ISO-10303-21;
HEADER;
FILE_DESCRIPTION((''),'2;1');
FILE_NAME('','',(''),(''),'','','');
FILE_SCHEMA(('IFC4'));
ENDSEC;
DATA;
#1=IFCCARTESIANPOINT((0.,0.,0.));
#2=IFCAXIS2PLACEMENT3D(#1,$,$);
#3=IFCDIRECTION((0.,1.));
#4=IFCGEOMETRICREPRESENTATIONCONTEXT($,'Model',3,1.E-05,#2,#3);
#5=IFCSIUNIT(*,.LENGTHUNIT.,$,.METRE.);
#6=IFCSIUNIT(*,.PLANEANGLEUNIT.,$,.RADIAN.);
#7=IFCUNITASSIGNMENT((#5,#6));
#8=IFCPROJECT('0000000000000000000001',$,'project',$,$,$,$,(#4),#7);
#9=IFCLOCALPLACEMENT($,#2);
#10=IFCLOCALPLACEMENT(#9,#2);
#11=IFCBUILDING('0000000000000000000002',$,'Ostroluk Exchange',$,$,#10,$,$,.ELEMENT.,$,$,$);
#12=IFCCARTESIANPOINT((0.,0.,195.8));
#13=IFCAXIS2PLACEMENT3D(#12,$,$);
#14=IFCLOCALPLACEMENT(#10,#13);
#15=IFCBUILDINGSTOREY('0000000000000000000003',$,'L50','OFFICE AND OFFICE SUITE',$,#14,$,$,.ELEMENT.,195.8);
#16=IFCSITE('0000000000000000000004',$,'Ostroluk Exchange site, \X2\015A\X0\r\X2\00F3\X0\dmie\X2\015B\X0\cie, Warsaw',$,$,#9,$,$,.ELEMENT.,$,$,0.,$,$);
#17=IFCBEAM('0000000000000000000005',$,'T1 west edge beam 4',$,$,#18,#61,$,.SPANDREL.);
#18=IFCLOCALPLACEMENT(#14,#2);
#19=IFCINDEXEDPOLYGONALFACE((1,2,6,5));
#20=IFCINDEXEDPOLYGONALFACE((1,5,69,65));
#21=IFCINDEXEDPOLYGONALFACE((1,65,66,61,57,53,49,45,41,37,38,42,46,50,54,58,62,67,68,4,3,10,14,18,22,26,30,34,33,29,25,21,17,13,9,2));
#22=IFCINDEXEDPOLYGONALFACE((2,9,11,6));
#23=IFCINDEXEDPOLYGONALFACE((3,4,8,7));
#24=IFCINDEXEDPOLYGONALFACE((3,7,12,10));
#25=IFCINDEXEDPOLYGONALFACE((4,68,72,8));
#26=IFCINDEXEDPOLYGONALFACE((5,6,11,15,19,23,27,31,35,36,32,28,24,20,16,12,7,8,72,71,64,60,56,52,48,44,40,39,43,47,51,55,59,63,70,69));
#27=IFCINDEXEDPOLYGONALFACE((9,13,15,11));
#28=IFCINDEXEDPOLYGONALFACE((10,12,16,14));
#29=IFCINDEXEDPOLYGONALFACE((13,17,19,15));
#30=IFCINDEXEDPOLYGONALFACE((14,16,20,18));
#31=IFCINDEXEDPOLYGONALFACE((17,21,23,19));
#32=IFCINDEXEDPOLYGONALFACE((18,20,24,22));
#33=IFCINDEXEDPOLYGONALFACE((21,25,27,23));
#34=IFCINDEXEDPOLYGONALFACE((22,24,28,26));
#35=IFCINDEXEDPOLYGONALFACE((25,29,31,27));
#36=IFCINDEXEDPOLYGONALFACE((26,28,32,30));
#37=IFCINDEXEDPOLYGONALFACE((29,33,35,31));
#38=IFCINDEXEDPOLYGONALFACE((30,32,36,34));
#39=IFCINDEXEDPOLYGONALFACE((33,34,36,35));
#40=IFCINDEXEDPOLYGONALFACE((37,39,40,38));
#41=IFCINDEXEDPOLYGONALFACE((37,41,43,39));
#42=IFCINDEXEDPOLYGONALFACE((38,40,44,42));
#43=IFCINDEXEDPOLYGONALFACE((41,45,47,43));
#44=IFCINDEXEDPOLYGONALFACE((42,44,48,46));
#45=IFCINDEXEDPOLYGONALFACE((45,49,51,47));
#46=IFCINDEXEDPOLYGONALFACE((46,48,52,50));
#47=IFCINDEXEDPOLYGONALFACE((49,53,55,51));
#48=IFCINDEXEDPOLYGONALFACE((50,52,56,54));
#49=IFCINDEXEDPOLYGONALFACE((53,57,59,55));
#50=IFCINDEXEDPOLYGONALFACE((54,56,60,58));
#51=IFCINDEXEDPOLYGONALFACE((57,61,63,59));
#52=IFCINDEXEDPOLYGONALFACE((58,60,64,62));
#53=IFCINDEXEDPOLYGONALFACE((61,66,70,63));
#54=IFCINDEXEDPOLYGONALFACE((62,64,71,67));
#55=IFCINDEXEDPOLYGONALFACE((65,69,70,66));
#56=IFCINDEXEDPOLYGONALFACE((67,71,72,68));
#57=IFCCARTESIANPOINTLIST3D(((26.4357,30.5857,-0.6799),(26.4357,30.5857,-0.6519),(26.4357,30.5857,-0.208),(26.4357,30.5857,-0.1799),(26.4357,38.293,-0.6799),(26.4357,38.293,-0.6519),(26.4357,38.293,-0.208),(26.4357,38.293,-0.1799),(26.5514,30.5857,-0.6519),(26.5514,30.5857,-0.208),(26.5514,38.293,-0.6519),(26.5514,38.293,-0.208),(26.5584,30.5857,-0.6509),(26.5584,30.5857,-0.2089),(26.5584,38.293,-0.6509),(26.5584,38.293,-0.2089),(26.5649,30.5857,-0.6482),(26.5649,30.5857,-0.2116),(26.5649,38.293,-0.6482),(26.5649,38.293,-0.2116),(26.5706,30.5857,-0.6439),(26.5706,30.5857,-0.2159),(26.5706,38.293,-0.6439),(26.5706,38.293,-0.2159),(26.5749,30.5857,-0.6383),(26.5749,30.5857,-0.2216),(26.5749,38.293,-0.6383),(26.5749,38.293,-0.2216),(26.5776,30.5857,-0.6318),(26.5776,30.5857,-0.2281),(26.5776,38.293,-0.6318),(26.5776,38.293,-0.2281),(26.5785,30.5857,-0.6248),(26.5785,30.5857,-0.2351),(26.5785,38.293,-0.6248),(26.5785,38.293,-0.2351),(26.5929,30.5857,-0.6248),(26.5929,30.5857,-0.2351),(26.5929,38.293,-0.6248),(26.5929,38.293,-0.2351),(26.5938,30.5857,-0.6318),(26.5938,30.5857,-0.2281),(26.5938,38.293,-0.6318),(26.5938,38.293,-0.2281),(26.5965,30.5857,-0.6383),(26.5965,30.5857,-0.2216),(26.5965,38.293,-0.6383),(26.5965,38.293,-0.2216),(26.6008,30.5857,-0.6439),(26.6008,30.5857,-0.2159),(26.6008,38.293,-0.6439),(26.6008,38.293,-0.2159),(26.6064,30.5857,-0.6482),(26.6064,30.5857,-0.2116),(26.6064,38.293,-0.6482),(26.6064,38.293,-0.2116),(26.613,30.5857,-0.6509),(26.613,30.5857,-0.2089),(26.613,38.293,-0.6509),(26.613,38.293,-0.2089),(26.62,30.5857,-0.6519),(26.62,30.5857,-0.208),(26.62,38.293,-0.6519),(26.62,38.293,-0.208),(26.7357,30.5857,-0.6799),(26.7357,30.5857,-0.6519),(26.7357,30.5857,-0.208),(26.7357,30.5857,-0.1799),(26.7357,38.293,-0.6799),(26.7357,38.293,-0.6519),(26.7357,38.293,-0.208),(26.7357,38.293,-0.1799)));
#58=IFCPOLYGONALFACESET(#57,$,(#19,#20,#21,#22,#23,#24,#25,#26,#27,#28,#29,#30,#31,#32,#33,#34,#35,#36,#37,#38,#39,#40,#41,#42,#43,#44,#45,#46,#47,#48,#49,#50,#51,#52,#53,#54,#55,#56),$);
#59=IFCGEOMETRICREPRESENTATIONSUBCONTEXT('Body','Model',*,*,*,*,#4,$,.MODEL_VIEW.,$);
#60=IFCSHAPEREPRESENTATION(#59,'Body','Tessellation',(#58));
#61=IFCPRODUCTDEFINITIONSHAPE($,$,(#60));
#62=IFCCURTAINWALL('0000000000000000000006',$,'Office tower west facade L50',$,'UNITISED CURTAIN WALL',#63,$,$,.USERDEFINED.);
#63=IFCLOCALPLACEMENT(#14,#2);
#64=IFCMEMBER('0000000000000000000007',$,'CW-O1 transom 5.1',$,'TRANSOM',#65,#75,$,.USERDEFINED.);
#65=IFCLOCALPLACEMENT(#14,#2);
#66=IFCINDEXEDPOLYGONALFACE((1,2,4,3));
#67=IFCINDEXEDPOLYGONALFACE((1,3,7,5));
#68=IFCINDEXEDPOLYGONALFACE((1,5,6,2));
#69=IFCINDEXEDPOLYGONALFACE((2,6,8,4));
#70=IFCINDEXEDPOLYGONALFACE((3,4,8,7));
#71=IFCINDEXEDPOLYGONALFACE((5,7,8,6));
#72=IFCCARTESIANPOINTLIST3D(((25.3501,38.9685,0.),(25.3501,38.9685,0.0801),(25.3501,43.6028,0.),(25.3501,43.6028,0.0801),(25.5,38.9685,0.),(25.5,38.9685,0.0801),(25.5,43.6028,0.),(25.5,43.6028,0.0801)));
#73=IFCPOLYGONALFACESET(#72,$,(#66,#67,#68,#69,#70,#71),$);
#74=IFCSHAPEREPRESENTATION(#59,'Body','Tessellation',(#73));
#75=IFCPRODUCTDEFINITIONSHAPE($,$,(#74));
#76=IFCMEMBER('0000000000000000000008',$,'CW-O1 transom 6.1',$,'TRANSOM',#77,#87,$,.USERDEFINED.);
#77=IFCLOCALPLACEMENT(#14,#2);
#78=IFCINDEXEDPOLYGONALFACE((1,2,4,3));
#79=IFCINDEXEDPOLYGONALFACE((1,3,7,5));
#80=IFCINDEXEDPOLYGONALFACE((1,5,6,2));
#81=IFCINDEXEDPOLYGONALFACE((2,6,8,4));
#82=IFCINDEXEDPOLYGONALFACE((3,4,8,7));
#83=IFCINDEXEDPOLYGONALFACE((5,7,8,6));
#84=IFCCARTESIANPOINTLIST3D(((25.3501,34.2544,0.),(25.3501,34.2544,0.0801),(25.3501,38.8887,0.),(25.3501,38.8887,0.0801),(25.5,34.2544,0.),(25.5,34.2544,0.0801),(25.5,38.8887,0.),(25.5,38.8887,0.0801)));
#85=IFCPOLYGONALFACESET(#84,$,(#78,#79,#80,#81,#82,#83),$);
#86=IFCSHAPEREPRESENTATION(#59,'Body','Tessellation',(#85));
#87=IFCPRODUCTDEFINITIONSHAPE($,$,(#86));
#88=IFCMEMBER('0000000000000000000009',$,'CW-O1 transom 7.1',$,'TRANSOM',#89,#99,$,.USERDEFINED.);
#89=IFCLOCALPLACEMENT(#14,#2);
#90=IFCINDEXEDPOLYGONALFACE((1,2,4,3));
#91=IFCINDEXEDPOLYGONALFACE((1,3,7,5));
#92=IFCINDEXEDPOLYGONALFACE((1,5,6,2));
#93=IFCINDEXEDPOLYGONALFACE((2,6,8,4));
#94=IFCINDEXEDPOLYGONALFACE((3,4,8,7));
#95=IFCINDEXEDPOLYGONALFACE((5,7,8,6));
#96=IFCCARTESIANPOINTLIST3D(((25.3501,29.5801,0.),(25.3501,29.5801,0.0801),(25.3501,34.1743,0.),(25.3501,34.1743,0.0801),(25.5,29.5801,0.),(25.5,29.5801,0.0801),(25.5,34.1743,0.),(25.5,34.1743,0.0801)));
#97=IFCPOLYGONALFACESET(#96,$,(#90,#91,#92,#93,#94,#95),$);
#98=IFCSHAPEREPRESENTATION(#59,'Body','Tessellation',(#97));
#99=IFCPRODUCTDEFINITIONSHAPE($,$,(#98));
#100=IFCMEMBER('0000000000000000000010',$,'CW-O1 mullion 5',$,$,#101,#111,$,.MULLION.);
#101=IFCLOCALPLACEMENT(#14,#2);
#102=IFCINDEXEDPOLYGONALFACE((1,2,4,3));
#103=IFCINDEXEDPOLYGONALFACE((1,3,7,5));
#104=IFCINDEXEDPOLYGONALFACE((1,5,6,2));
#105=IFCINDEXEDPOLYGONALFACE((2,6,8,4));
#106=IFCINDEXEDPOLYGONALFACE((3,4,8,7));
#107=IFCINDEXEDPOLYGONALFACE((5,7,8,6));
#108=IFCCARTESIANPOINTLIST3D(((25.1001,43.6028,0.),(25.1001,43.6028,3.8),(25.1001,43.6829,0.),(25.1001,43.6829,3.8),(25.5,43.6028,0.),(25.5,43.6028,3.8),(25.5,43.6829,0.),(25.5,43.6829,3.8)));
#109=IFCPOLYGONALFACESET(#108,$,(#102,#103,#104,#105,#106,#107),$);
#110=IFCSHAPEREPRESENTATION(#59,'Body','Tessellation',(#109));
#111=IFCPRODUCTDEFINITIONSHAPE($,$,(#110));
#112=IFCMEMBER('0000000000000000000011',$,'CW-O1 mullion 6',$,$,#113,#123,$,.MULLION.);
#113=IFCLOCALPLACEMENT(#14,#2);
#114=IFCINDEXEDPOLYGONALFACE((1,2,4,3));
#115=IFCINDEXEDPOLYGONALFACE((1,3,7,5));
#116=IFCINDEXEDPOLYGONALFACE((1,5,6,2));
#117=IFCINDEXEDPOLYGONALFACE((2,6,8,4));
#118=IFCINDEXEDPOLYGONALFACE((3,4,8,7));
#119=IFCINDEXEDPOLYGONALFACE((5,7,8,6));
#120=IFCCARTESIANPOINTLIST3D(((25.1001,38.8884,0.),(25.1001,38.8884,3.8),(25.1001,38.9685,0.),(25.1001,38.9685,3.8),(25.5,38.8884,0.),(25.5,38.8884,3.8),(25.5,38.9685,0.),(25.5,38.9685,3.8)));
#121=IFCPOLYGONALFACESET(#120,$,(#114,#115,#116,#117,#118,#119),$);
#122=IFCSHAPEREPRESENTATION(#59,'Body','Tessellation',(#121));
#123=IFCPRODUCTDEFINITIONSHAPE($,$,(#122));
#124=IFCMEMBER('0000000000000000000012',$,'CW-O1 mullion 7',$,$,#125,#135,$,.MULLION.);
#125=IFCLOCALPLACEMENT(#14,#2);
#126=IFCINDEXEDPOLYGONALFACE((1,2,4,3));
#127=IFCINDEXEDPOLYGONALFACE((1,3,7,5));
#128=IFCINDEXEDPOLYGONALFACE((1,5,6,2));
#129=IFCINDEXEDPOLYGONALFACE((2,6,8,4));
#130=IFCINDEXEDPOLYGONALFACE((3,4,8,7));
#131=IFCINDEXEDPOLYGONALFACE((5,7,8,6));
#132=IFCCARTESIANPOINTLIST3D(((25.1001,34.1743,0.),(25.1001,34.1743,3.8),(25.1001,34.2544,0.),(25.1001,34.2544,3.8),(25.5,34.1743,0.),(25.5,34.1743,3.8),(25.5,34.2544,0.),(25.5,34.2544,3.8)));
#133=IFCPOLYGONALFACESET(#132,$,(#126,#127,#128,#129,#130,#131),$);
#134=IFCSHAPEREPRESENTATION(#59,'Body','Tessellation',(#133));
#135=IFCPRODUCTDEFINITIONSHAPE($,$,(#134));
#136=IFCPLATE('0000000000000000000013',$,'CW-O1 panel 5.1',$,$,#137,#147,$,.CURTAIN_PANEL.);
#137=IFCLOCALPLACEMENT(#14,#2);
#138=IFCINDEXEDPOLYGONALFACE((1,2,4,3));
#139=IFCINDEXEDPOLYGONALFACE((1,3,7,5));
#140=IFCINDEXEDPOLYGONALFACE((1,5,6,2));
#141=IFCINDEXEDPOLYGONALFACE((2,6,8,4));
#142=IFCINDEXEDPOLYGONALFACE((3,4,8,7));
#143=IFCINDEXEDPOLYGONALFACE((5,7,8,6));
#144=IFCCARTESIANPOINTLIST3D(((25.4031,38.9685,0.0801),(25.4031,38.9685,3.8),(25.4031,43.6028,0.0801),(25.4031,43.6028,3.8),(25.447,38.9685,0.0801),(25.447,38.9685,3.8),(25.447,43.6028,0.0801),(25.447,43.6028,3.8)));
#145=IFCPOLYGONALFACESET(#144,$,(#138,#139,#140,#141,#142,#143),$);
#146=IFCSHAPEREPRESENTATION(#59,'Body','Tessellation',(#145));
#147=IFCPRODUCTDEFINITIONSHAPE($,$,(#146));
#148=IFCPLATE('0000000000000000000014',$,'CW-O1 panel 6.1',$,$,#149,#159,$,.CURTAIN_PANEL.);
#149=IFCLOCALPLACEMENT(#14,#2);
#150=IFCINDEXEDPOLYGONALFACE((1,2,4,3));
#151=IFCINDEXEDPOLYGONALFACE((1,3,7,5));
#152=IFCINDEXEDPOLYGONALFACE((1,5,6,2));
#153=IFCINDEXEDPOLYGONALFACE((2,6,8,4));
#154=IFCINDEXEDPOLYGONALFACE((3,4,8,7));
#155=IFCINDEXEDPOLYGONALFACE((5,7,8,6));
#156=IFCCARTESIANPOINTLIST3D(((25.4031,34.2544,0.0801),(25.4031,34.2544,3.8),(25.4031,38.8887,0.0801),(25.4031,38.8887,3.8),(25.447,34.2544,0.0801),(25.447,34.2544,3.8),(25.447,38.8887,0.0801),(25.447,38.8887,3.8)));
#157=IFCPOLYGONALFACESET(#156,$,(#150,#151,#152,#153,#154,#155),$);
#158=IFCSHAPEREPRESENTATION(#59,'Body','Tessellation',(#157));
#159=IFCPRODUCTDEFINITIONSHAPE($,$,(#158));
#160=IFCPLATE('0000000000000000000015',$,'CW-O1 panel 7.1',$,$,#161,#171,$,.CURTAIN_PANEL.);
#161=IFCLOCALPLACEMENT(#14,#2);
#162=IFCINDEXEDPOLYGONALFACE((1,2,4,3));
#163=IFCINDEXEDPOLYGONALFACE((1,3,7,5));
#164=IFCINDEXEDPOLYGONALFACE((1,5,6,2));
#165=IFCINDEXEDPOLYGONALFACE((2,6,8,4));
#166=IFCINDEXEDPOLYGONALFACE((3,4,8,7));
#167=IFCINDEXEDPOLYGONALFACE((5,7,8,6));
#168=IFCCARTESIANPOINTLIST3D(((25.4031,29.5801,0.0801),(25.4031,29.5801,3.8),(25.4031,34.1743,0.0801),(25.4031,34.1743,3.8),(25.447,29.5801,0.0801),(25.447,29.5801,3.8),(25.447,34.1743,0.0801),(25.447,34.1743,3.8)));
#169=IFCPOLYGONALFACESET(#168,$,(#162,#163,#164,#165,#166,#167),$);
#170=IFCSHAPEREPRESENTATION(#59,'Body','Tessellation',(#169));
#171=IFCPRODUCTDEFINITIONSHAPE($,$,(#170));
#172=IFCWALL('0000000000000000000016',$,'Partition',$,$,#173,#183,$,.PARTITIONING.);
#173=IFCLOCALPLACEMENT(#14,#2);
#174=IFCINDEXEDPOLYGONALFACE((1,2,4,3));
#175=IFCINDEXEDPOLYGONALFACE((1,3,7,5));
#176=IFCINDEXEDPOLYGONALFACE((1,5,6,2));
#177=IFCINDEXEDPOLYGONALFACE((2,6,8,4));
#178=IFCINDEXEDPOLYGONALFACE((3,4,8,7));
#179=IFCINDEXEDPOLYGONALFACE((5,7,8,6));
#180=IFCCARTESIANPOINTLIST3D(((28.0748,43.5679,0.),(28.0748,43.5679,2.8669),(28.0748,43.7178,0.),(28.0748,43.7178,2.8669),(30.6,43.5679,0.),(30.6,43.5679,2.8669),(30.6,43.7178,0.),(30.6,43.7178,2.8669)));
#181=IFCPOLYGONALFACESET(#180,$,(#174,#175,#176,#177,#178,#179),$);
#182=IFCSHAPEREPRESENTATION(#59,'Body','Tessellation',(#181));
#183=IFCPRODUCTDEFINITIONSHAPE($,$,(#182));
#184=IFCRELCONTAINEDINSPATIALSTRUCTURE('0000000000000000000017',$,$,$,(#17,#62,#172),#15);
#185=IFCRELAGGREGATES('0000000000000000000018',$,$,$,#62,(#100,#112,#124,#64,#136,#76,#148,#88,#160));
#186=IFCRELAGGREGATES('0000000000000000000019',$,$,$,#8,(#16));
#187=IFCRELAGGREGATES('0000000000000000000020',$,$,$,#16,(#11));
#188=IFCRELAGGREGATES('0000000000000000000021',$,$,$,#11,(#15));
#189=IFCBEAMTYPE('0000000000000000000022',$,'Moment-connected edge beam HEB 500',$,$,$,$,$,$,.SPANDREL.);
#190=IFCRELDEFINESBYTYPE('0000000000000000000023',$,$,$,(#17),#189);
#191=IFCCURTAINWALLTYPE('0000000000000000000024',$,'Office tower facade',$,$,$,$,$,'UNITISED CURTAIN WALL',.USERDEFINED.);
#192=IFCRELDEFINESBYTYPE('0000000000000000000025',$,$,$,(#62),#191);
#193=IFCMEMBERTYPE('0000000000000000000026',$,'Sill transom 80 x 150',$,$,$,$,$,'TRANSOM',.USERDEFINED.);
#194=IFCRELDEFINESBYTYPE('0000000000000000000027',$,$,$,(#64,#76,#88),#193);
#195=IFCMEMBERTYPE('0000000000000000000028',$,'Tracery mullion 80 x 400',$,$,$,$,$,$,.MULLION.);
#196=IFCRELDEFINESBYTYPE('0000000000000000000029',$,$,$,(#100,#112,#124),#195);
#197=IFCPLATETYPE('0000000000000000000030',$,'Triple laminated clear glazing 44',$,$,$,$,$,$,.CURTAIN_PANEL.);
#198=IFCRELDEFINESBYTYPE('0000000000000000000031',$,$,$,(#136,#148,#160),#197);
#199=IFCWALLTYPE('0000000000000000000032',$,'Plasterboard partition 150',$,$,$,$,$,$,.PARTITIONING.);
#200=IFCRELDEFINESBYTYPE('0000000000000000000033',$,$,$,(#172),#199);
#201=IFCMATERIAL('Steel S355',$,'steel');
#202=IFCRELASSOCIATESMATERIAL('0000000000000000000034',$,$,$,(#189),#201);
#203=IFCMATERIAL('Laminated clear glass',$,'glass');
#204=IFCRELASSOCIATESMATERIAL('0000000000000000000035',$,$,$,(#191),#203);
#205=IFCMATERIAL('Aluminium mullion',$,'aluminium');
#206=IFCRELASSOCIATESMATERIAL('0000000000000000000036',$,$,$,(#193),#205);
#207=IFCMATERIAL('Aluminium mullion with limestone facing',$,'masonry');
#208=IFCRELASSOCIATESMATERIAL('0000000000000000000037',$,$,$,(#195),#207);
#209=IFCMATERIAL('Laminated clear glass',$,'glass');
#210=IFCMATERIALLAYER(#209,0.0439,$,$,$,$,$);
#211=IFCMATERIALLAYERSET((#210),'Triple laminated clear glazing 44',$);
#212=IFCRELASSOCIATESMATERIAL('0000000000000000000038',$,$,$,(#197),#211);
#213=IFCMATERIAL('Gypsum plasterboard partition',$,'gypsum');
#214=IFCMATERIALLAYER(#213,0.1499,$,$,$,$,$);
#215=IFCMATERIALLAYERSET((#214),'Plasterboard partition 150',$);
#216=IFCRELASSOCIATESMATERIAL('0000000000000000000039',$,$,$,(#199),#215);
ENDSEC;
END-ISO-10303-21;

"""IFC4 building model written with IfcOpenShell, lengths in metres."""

from ifc_helpers import new_model, si_unit, direction, frame, frame_2d, origin, origin_2d, place, context, subcontext, project, spatial, rectangle, i_section, extrude, material, layer, layer_set, material_profile, profile_set, type_object, element, aggregate, save


model = new_model("IFC4")

# Units and contexts
model_context = context("Model", 3, precision=1e-05, world=origin(), true_north=direction((0.0, 1.0)))
body_context = subcontext(model_context, "Body", "Model", "MODEL_VIEW")
ifc_project = project(units=[si_unit("LENGTHUNIT", "METRE"), si_unit("PLANEANGLEUNIT", "RADIAN")], contexts=[model_context])

# Site, building, storey
site_placement = place(None, origin())
site = spatial("IfcSite", under=ifc_project, at=site_placement, Name="Ostroluk Exchange site, Śródmieście, Warsaw", CompositionType="ELEMENT", RefElevation=0.0)
building_placement = place(site_placement, origin())
building = spatial("IfcBuilding", under=site, at=building_placement, Name="Ostroluk Exchange", CompositionType="ELEMENT")
storey_placement = place(building_placement, frame((0.0, 0.0, 195.8)))
storey = spatial("IfcBuildingStorey", under=building, at=storey_placement, Name="L50", Description="OFFICE AND OFFICE SUITE", CompositionType="ELEMENT", Elevation=195.8)

# Beam
ifc_material_1 = material(Name="Steel S355", Category="steel")
ifc_material_profile_1 = material_profile(ifc_material_1, i_section(OverallWidth=0.3, OverallDepth=0.5, WebThickness=0.0144, FlangeThickness=0.0281, FilletRadius=0.0271, at=origin_2d()), Name="HEB 500")
ifc_profile_set_1 = profile_set([ifc_material_profile_1], Name="Steel S355")
beam_type_1 = type_object("IfcBeamType", Name="Moment-connected edge beam HEB 500", PredefinedType="SPANDREL", material=ifc_profile_set_1)
beam_placement = place(storey_placement, frame((26.5857, 38.293, -0.4299), z_axis=(0.0, -1.0, 0.0), x_axis=(1.0, 0.0, 0.0)))
element("IfcBeam", 1, at=beam_placement, inside=storey, type_object=beam_type_1, Name="T1 west edge beam 4", PredefinedType="SPANDREL", context=body_context, shape_type="SweptSolid", body=[
    extrude(i_section(OverallWidth=0.3, OverallDepth=0.5, WebThickness=0.0144, FlangeThickness=0.0281, FilletRadius=0.0271, at=origin_2d()), origin(), (0.0, 0.0, 1.0), 7.7073),
])

# Curtain wall, members, plates
ifc_material_2 = material(Name="Laminated clear glass", Category="glass")
curtain_wall_type = type_object("IfcCurtainWallType", Name="Office tower facade", ElementType="UNITISED CURTAIN WALL", PredefinedType="USERDEFINED", material=ifc_material_2)
curtain_wall_placement = place(storey_placement, origin())
curtain_wall = element("IfcCurtainWall", 2, at=curtain_wall_placement, inside=storey, type_object=curtain_wall_type, Name="Office tower west facade L50", ObjectType="UNITISED CURTAIN WALL", PredefinedType="USERDEFINED")
ifc_material_3 = material(Name="Aluminium mullion", Category="aluminium")
ifc_material_profile_2 = material_profile(ifc_material_3, rectangle(XDim=0.1499, YDim=0.0801, at=origin_2d()), Name="Sill transom 80 x 150")
ifc_profile_set_2 = profile_set([ifc_material_profile_2], Name="Aluminium mullion")
member_type_1 = type_object("IfcMemberType", Name="Sill transom 80 x 150", ElementType="TRANSOM", PredefinedType="USERDEFINED", material=ifc_profile_set_2)
member_1_placement = place(storey_placement, frame((25.425, 43.6028, 0.04), z_axis=(0.0, -1.0, 0.0), x_axis=(1.0, 0.0, 0.0)))
member_1 = element("IfcMember", 3, at=member_1_placement, type_object=member_type_1, Name="CW-O1 transom 5.1", ObjectType="TRANSOM", PredefinedType="USERDEFINED", context=body_context, shape_type="SweptSolid", body=[
    extrude(rectangle(XDim=0.1499, YDim=0.0801, at=origin_2d()), origin(), (0.0, 0.0, 1.0), 4.6343),
])
member_2_placement = place(storey_placement, frame((25.425, 38.8887, 0.04), z_axis=(0.0, -1.0, 0.0), x_axis=(1.0, 0.0, 0.0)))
member_2 = element("IfcMember", 4, at=member_2_placement, type_object=member_type_1, Name="CW-O1 transom 6.1", ObjectType="TRANSOM", PredefinedType="USERDEFINED", context=body_context, shape_type="SweptSolid", body=[
    extrude(rectangle(XDim=0.1499, YDim=0.0801, at=origin_2d()), origin(), (0.0, 0.0, 1.0), 4.6343),
])
member_3_placement = place(storey_placement, frame((25.425, 34.1743, 0.04), z_axis=(0.0, -1.0, 0.0), x_axis=(1.0, 0.0, 0.0)))
member_3 = element("IfcMember", 5, at=member_3_placement, type_object=member_type_1, Name="CW-O1 transom 7.1", ObjectType="TRANSOM", PredefinedType="USERDEFINED", context=body_context, shape_type="SweptSolid", body=[
    extrude(rectangle(XDim=0.1499, YDim=0.0801, at=origin_2d()), origin(), (0.0, 0.0, 1.0), 4.5942),
])
ifc_material_4 = material(Name="Aluminium mullion with limestone facing", Category="masonry")
ifc_material_profile_3 = material_profile(ifc_material_4, rectangle(XDim=0.3999, YDim=0.0801, at=origin_2d()), Name="Tracery mullion 80 x 400")
ifc_profile_set_3 = profile_set([ifc_material_profile_3], Name="Aluminium mullion with limestone facing")
member_type_2 = type_object("IfcMemberType", Name="Tracery mullion 80 x 400", PredefinedType="MULLION", material=ifc_profile_set_3)
member_4_placement = place(storey_placement, frame((25.3, 43.6428, 0.0), z_axis=(0.0, 0.0, 1.0), x_axis=(1.0, 0.0, 0.0)))
member_4 = element("IfcMember", 6, at=member_4_placement, type_object=member_type_2, Name="CW-O1 mullion 5", PredefinedType="MULLION", context=body_context, shape_type="SweptSolid", body=[
    extrude(rectangle(XDim=0.3999, YDim=0.0801, at=origin_2d()), origin(), (0.0, 0.0, 1.0), 3.8),
])
member_5_placement = place(storey_placement, frame((25.3, 38.9285, 0.0), z_axis=(0.0, 0.0, 1.0), x_axis=(1.0, 0.0, 0.0)))
member_5 = element("IfcMember", 7, at=member_5_placement, type_object=member_type_2, Name="CW-O1 mullion 6", PredefinedType="MULLION", context=body_context, shape_type="SweptSolid", body=[
    extrude(rectangle(XDim=0.3999, YDim=0.0801, at=origin_2d()), origin(), (0.0, 0.0, 1.0), 3.8),
])
member_6_placement = place(storey_placement, frame((25.3, 34.2144, 0.0), z_axis=(0.0, 0.0, 1.0), x_axis=(1.0, 0.0, 0.0)))
member_6 = element("IfcMember", 8, at=member_6_placement, type_object=member_type_2, Name="CW-O1 mullion 7", PredefinedType="MULLION", context=body_context, shape_type="SweptSolid", body=[
    extrude(rectangle(XDim=0.3999, YDim=0.0801, at=origin_2d()), origin(), (0.0, 0.0, 1.0), 3.8),
])
ifc_material_5 = material(Name="Laminated clear glass", Category="glass")
ifc_layer_1 = layer(ifc_material_5, 0.0439)
ifc_layer_set_1 = layer_set([ifc_layer_1], Name="Triple laminated clear glazing 44")
plate_type = type_object("IfcPlateType", Name="Triple laminated clear glazing 44", PredefinedType="CURTAIN_PANEL", material=ifc_layer_set_1)
plate_1_placement = place(storey_placement, frame((25.425, 41.2856, 0.0801), z_axis=(0.0, 0.0, 1.0), x_axis=(0.0, -1.0, 0.0)))
plate_1 = element("IfcPlate", 9, at=plate_1_placement, type_object=plate_type, Name="CW-O1 panel 5.1", PredefinedType="CURTAIN_PANEL", context=body_context, shape_type="SweptSolid", body=[
    extrude(rectangle(XDim=4.6343, YDim=0.0439, at=origin_2d()), origin(), (0.0, 0.0, 1.0), 3.72),
])
plate_2_placement = place(storey_placement, frame((25.425, 36.5715, 0.0801), z_axis=(0.0, 0.0, 1.0), x_axis=(0.0, -1.0, 0.0)))
plate_2 = element("IfcPlate", 10, at=plate_2_placement, type_object=plate_type, Name="CW-O1 panel 6.1", PredefinedType="CURTAIN_PANEL", context=body_context, shape_type="SweptSolid", body=[
    extrude(rectangle(XDim=4.6343, YDim=0.0439, at=origin_2d()), origin(), (0.0, 0.0, 1.0), 3.72),
])
plate_3_placement = place(storey_placement, frame((25.425, 31.8772, 0.0801), z_axis=(0.0, 0.0, 1.0), x_axis=(0.0, -1.0, 0.0)))
plate_3 = element("IfcPlate", 11, at=plate_3_placement, type_object=plate_type, Name="CW-O1 panel 7.1", PredefinedType="CURTAIN_PANEL", context=body_context, shape_type="SweptSolid", body=[
    extrude(rectangle(XDim=4.5942, YDim=0.0439, at=origin_2d()), origin(), (0.0, 0.0, 1.0), 3.72),
])
aggregate(curtain_wall, [member_4, member_5, member_6, member_1, plate_1, member_2, plate_2, member_3, plate_3])

# Wall
ifc_material_6 = material(Name="Gypsum plasterboard partition", Category="gypsum")
ifc_layer_2 = layer(ifc_material_6, 0.1499)
ifc_layer_set_2 = layer_set([ifc_layer_2], Name="Plasterboard partition 150")
wall_type_1 = type_object("IfcWallType", Name="Plasterboard partition 150", PredefinedType="PARTITIONING", material=ifc_layer_set_2)
wall_1_placement = place(storey_placement, frame((30.6001, 43.6428, 0.0), z_axis=(0.0, 0.0, 1.0), x_axis=(-1.0, 0.0, 0.0)))
element("IfcWall", 12, at=wall_1_placement, inside=storey, type_object=wall_type_1, Name="Partition", PredefinedType="PARTITIONING", context=body_context, shape_type="SweptSolid", body=[
    extrude(rectangle(XDim=2.5251, YDim=0.1499, at=frame_2d((1.2627, 0.0))), origin(), (0.0, 0.0, 1.0), 2.8669),
])

save(model, "model.ifc")
